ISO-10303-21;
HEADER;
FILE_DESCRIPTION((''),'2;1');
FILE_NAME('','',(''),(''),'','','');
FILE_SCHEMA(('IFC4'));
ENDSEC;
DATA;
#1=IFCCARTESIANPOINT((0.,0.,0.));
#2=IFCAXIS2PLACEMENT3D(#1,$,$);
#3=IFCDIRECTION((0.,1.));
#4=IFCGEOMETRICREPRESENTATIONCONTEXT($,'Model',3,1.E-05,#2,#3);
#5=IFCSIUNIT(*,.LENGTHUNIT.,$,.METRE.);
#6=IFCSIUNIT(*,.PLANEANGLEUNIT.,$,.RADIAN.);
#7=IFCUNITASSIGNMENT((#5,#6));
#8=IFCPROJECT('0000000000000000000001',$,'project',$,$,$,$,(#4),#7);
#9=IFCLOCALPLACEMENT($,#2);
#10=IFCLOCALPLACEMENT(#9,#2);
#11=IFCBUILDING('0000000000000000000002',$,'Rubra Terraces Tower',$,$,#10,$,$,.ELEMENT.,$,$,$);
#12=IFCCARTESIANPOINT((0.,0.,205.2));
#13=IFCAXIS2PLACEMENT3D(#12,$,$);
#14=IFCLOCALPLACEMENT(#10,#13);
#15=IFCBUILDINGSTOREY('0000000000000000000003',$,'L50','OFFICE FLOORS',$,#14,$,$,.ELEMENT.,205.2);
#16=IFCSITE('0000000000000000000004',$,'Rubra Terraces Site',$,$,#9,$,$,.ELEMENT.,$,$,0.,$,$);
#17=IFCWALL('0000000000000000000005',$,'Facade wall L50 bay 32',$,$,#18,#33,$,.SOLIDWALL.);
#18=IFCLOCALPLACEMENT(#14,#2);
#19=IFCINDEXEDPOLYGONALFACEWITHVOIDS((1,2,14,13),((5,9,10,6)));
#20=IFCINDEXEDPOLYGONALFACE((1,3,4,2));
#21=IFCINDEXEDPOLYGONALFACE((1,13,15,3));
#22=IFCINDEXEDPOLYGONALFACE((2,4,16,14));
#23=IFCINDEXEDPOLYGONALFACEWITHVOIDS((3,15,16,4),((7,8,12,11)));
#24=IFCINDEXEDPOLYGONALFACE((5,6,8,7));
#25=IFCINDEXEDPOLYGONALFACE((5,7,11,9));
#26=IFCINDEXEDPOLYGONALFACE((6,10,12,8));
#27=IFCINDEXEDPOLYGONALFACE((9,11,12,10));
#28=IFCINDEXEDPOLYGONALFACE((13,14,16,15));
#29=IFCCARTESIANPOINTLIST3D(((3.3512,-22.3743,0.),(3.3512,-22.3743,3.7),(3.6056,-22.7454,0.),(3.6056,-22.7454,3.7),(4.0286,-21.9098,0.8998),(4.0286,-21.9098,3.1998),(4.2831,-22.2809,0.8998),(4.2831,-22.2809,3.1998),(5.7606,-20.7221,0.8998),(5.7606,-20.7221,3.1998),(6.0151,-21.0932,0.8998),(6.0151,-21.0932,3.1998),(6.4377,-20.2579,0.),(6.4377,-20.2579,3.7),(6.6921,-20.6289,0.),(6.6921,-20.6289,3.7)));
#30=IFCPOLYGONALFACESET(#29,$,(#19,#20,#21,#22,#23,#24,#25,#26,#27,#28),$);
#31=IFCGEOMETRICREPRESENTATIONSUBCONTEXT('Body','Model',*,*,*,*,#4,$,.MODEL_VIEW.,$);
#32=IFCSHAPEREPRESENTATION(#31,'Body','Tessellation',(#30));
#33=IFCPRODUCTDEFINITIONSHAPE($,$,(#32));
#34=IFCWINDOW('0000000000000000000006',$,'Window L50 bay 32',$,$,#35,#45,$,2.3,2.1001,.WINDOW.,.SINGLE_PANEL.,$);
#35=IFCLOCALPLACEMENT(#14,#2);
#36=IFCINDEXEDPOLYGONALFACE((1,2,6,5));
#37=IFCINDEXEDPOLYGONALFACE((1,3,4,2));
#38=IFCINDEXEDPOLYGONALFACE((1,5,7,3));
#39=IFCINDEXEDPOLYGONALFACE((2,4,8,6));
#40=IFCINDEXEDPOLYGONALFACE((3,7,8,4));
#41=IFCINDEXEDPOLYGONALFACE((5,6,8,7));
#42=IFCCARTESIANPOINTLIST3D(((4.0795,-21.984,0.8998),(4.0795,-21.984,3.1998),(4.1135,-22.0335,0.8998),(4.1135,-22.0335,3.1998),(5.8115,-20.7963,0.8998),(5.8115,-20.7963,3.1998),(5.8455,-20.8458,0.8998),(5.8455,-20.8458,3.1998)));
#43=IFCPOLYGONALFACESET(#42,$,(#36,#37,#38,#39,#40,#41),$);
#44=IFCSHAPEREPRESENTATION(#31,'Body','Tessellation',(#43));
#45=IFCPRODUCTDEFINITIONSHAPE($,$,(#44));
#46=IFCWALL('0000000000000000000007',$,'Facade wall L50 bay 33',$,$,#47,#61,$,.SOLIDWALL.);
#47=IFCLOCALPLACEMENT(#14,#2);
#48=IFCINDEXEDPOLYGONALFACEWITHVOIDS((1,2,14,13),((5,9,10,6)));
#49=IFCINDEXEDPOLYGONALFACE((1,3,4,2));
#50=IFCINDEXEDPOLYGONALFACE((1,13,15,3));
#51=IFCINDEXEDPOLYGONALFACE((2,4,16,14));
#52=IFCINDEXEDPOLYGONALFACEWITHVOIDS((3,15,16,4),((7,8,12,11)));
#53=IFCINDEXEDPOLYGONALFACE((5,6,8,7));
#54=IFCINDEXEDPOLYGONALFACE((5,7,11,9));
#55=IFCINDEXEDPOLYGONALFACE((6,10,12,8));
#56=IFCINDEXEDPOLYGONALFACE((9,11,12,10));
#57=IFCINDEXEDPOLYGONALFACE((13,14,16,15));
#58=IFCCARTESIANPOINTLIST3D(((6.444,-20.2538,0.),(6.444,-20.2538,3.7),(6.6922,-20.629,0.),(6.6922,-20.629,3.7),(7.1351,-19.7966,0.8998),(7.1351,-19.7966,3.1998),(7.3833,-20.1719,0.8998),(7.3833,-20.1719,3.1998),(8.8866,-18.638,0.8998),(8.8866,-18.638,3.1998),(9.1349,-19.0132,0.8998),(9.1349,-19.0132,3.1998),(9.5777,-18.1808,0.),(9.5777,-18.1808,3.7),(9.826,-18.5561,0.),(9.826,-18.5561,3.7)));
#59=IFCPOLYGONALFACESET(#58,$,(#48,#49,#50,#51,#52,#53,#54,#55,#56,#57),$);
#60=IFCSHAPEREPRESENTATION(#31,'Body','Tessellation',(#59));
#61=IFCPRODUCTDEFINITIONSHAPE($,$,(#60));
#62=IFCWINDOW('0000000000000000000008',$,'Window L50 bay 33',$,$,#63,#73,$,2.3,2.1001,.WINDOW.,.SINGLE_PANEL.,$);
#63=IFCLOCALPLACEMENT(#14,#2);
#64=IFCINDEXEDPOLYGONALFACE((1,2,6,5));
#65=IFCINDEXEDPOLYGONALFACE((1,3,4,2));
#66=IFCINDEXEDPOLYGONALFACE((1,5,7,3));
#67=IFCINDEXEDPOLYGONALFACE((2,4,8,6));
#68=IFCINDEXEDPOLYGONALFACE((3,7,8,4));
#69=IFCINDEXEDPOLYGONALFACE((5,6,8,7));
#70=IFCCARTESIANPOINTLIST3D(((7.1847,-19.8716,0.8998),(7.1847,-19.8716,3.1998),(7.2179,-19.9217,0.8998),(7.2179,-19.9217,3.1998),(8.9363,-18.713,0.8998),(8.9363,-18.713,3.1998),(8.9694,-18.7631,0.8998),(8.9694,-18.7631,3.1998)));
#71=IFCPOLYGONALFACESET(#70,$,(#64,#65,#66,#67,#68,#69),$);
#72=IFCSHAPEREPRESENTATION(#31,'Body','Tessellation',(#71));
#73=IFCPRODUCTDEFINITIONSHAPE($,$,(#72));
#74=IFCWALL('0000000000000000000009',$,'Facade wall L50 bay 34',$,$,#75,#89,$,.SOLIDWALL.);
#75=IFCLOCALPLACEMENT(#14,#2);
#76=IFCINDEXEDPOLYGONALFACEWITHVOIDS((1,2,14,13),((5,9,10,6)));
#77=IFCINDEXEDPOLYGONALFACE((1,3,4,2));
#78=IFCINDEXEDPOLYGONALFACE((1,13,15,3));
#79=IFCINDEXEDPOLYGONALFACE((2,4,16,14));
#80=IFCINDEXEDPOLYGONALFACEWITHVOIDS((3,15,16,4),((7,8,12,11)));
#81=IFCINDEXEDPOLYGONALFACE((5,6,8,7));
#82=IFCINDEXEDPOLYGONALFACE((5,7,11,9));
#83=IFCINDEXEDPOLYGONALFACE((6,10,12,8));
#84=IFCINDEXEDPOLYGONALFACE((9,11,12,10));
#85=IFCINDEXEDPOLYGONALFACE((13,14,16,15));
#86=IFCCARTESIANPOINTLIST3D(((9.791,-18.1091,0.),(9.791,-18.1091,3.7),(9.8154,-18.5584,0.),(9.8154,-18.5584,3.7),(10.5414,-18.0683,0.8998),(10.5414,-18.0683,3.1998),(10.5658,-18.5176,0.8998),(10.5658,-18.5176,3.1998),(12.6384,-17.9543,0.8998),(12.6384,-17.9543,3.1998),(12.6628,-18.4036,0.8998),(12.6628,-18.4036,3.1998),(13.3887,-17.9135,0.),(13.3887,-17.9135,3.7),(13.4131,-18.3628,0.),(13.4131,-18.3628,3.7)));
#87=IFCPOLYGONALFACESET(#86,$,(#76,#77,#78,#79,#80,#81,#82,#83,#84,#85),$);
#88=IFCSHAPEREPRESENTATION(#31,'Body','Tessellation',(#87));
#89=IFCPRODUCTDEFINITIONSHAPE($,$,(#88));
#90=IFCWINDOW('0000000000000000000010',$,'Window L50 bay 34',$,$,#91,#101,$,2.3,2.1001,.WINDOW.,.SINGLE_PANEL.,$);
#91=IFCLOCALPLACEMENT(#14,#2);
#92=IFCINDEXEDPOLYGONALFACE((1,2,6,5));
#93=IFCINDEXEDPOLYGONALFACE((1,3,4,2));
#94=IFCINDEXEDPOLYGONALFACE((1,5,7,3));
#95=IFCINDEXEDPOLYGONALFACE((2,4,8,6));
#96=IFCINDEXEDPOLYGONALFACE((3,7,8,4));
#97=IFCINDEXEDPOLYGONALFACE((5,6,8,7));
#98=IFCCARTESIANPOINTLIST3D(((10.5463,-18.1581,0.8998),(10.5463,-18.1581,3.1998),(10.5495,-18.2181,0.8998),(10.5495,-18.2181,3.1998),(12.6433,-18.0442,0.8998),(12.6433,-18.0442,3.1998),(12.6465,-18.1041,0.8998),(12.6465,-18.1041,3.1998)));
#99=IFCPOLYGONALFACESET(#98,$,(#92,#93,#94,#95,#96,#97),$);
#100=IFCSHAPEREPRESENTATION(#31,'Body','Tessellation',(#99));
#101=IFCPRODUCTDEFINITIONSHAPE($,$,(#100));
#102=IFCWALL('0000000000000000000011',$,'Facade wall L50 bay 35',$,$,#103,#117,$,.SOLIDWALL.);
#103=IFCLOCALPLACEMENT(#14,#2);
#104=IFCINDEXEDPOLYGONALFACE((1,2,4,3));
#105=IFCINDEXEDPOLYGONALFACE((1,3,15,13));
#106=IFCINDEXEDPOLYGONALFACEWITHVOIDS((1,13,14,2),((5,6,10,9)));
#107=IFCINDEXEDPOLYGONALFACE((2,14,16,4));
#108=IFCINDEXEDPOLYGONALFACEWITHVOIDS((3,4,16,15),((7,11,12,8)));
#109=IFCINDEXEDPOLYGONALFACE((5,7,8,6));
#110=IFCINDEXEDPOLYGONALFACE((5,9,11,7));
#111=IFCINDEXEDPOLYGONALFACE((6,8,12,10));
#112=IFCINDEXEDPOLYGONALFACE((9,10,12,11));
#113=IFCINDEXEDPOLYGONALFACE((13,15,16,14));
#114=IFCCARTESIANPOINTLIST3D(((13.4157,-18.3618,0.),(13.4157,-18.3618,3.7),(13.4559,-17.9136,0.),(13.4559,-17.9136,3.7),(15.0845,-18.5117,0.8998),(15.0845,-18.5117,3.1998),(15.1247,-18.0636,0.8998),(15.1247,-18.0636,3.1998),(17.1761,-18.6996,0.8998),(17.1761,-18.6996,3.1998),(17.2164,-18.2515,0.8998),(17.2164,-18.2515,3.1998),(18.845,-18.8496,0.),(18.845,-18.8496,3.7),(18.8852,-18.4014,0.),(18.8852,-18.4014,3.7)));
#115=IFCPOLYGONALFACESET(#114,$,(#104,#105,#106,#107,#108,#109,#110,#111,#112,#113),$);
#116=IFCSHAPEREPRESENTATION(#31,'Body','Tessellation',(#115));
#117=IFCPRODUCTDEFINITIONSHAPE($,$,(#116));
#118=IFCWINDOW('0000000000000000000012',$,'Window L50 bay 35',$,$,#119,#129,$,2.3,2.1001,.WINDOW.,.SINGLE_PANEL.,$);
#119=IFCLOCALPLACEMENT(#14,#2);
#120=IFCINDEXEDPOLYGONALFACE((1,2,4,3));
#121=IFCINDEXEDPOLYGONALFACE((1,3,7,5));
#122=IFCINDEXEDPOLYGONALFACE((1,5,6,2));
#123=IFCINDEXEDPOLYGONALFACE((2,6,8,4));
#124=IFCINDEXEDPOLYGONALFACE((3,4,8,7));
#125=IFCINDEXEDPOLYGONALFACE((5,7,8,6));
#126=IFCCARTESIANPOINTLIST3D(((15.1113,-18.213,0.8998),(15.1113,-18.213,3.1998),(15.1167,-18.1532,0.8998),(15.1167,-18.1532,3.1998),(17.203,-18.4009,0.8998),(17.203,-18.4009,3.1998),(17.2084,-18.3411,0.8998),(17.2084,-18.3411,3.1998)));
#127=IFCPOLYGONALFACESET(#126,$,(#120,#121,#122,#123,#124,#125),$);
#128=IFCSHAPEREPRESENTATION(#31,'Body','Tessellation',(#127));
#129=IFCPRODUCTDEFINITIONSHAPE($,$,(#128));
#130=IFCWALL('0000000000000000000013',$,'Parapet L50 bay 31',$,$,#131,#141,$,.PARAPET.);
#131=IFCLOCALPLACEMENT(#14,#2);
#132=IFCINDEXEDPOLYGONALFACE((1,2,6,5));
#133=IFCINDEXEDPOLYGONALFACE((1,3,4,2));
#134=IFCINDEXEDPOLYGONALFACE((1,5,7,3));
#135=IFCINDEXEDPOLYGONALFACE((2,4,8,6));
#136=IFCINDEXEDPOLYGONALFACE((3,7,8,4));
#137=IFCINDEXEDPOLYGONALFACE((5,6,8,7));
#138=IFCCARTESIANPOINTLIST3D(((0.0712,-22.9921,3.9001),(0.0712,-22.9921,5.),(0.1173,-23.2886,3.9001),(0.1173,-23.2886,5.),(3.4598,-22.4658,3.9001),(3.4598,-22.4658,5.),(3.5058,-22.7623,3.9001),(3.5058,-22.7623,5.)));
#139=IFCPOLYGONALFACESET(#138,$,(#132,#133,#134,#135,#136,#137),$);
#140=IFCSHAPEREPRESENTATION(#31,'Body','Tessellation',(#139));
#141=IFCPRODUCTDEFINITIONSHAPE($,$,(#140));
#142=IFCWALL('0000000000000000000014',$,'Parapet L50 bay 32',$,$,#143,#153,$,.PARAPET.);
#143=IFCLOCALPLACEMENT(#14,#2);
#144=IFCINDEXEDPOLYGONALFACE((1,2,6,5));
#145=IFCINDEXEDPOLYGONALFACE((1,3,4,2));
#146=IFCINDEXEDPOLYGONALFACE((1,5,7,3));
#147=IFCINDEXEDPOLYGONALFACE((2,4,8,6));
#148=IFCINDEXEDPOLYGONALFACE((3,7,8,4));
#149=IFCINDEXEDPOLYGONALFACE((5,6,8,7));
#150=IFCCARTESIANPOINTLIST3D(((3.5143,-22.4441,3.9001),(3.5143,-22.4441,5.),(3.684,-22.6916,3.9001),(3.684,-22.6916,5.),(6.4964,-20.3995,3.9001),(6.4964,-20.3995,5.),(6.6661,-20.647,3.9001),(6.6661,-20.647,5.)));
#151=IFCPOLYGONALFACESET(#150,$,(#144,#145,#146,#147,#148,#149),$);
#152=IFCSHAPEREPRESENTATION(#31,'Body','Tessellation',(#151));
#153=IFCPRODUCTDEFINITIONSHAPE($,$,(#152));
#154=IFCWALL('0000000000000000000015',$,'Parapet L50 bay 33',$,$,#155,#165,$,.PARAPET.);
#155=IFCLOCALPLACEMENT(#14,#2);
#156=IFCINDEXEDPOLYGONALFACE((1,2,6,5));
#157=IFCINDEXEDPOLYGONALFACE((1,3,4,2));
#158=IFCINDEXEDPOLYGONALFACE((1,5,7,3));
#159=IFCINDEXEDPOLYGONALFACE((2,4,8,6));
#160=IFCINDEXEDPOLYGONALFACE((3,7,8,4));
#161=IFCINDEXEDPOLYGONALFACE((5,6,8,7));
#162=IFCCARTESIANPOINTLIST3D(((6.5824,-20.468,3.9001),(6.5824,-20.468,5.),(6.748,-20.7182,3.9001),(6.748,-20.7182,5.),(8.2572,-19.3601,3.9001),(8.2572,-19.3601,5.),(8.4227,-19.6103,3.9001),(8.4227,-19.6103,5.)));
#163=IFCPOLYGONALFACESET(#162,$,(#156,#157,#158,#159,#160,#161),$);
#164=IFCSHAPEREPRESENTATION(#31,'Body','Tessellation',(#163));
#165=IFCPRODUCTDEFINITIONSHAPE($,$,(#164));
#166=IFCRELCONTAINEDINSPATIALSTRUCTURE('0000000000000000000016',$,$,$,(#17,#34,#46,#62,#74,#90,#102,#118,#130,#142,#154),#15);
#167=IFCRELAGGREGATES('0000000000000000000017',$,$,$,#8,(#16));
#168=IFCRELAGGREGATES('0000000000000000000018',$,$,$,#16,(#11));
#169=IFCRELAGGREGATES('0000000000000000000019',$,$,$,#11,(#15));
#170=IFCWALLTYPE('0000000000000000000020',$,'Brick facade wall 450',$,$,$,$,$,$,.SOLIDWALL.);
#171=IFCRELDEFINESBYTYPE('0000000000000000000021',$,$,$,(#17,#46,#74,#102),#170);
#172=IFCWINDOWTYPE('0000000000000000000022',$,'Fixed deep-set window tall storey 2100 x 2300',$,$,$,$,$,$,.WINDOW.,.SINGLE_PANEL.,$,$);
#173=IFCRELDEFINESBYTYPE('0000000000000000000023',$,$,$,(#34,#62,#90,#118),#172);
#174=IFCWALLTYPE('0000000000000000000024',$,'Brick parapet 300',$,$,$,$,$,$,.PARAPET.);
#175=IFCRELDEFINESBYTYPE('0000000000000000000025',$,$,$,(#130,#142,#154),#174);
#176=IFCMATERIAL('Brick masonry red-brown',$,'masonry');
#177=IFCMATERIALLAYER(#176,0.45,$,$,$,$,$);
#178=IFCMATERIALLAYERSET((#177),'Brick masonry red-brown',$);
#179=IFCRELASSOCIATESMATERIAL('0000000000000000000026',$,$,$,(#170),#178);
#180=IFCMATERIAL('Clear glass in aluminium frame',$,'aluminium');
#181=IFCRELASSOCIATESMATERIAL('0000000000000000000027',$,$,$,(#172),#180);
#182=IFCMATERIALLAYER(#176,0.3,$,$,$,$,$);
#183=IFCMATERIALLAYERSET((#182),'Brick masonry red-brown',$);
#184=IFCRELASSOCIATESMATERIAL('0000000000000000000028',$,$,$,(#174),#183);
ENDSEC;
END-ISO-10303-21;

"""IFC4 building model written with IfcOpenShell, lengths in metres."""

from ifc_helpers import new_model, si_unit, direction, frame, frame_2d, origin, place, context, subcontext, project, spatial, rectangle, extrude, material, layer, layer_set, type_object, element, fill, save


model = new_model("IFC4")

# Units and contexts
model_context = context("Model", 3, precision=1e-05, world=origin(), true_north=direction((0.0, 1.0)))
body_context = subcontext(model_context, "Body", "Model", "MODEL_VIEW")
ifc_project = project(units=[si_unit("LENGTHUNIT", "METRE"), si_unit("PLANEANGLEUNIT", "RADIAN")], contexts=[model_context])

# Site, building, storey
site_placement = place(None, origin())
site = spatial("IfcSite", under=ifc_project, at=site_placement, Name="Rubra Terraces Site", CompositionType="ELEMENT", RefElevation=0.0)
building_placement = place(site_placement, origin())
building = spatial("IfcBuilding", under=site, at=building_placement, Name="Rubra Terraces Tower", CompositionType="ELEMENT")
storey_placement = place(building_placement, frame((0.0, 0.0, 205.2)))
storey = spatial("IfcBuildingStorey", under=building, at=storey_placement, Name="L50", Description="OFFICE FLOORS", CompositionType="ELEMENT", Elevation=205.2)

# Walls, openings, windows
ifc_material_1 = material(Name="Brick masonry red-brown", Category="masonry")
ifc_layer_1 = layer(ifc_material_1, 0.45)
ifc_layer_set_1 = layer_set([ifc_layer_1], Name="Brick masonry red-brown")
wall_type_1 = type_object("IfcWallType", Name="Brick facade wall 450", PredefinedType="SOLIDWALL", material=ifc_layer_set_1)
wall_1_placement = place(storey_placement, frame((3.4785, -22.5598, 0.0), z_axis=(0.0, 0.0, 1.0), x_axis=(0.824723, 0.565537, 0.0)))
wall_1 = element("IfcWall", 1, at=wall_1_placement, inside=storey, type_object=wall_type_1, Name="Facade wall L50 bay 32", PredefinedType="SOLIDWALL", context=body_context, shape_type="SweptSolid", body=[
    extrude(rectangle(XDim=3.7424, YDim=0.45, at=frame_2d((1.8711, 0.0))), origin(), (0.0, 0.0, 1.0), 3.7),
])
opening_1_placement = place(wall_1_placement, frame((0.8213, 0.0, 0.8999)))
opening_1 = element("IfcOpeningElement", 2, at=opening_1_placement, cuts=wall_1, PredefinedType="OPENING", context=body_context, shape_type="SweptSolid", body=[
    extrude(rectangle(XDim=2.1001, YDim=2.3, at=frame_2d((1.05, 1.1499))), frame((0.0, 0.2349, 0.0), z_axis=(0.0, -1.0, 0.0), x_axis=(1.0, 0.0, 0.0)), (0.0, 0.0, 1.0), 0.47),
])
ifc_material_2 = material(Name="Clear glass in aluminium frame", Category="aluminium")
window_type = type_object("IfcWindowType", Name="Fixed deep-set window tall storey 2100 x 2300", PartitioningType="SINGLE_PANEL", PredefinedType="WINDOW", material=ifc_material_2)
window_1_placement = place(opening_1_placement, origin())
window_1 = element("IfcWindow", 3, at=window_1_placement, inside=storey, type_object=window_type, Name="Window L50 bay 32", OverallHeight=2.3, OverallWidth=2.1001, PartitioningType="SINGLE_PANEL", PredefinedType="WINDOW", context=body_context, shape_type="SweptSolid", body=[
    extrude(rectangle(XDim=2.1001, YDim=2.3, at=frame_2d((1.05, 1.1499))), frame((0.0, 0.135, 0.0), z_axis=(0.0, -1.0, 0.0), x_axis=(1.0, 0.0, 0.0)), (0.0, 0.0, 1.0), 0.0601),
])
fill(opening_1, window_1)
wall_2_placement = place(storey_placement, frame((6.5681, -20.4414, 0.0), z_axis=(0.0, 0.0, 1.0), x_axis=(0.834034, 0.551713, 0.0)))
wall_2 = element("IfcWall", 4, at=wall_2_placement, inside=storey, type_object=wall_type_1, Name="Facade wall L50 bay 33", PredefinedType="SOLIDWALL", context=body_context, shape_type="SweptSolid", body=[
    extrude(rectangle(XDim=3.7573, YDim=0.45, at=frame_2d((1.8787, 0.0))), origin(), (0.0, 0.0, 1.0), 3.7),
])
opening_2_placement = place(wall_2_placement, frame((0.8286, 0.0, 0.8999)))
opening_2 = element("IfcOpeningElement", 5, at=opening_2_placement, cuts=wall_2, PredefinedType="OPENING", context=body_context, shape_type="SweptSolid", body=[
    extrude(rectangle(XDim=2.1001, YDim=2.3, at=frame_2d((1.05, 1.1499))), frame((0.0, 0.2349, 0.0), z_axis=(0.0, -1.0, 0.0), x_axis=(1.0, 0.0, 0.0)), (0.0, 0.0, 1.0), 0.47),
])
window_2_placement = place(opening_2_placement, origin())
window_2 = element("IfcWindow", 6, at=window_2_placement, inside=storey, type_object=window_type, Name="Window L50 bay 33", OverallHeight=2.3, OverallWidth=2.1001, PartitioningType="SINGLE_PANEL", PredefinedType="WINDOW", context=body_context, shape_type="SweptSolid", body=[
    extrude(rectangle(XDim=2.1001, YDim=2.3, at=frame_2d((1.05, 1.1499))), frame((0.0, 0.135, 0.0), z_axis=(0.0, -1.0, 0.0), x_axis=(1.0, 0.0, 0.0)), (0.0, 0.0, 1.0), 0.0601),
])
fill(opening_2, window_2)
wall_3_placement = place(storey_placement, frame((9.8032, -18.3337, 0.0), z_axis=(0.0, 0.0, 1.0), x_axis=(0.998526, 0.054277, 0.0)))
wall_3 = element("IfcWall", 7, at=wall_3_placement, inside=storey, type_object=wall_type_1, Name="Facade wall L50 bay 34", PredefinedType="SOLIDWALL", context=body_context, shape_type="SweptSolid", body=[
    extrude(rectangle(XDim=3.603, YDim=0.45, at=frame_2d((1.8015, 0.0))), origin(), (0.0, 0.0, 1.0), 3.7),
])
opening_3_placement = place(wall_3_placement, frame((0.7515, 0.0, 0.8999)))
opening_3 = element("IfcOpeningElement", 8, at=opening_3_placement, cuts=wall_3, PredefinedType="OPENING", context=body_context, shape_type="SweptSolid", body=[
    extrude(rectangle(XDim=2.1001, YDim=2.3, at=frame_2d((1.05, 1.1499))), frame((0.0, 0.2349, 0.0), z_axis=(0.0, -1.0, 0.0), x_axis=(1.0, 0.0, 0.0)), (0.0, 0.0, 1.0), 0.47),
])
window_3_placement = place(opening_3_placement, origin())
window_3 = element("IfcWindow", 9, at=window_3_placement, inside=storey, type_object=window_type, Name="Window L50 bay 34", OverallHeight=2.3, OverallWidth=2.1001, PartitioningType="SINGLE_PANEL", PredefinedType="WINDOW", context=body_context, shape_type="SweptSolid", body=[
    extrude(rectangle(XDim=2.1001, YDim=2.3, at=frame_2d((1.05, 1.1499))), frame((0.0, 0.135, 0.0), z_axis=(0.0, -1.0, 0.0), x_axis=(1.0, 0.0, 0.0)), (0.0, 0.0, 1.0), 0.0601),
])
fill(opening_3, window_3)
wall_4_placement = place(storey_placement, frame((13.4358, -18.1377, 0.0), z_axis=(0.0, 0.0, 1.0), x_axis=(0.995988, -0.089486, 0.0)))
wall_4 = element("IfcWall", 10, at=wall_4_placement, inside=storey, type_object=wall_type_1, Name="Facade wall L50 bay 35", PredefinedType="SOLIDWALL", context=body_context, shape_type="SweptSolid", body=[
    extrude(rectangle(XDim=5.4512, YDim=0.45, at=frame_2d((2.7256, 0.0))), origin(), (0.0, 0.0, 1.0), 3.7),
])
opening_4_placement = place(wall_4_placement, frame((1.6755, 0.0, 0.8999)))
opening_4 = element("IfcOpeningElement", 11, at=opening_4_placement, cuts=wall_4, PredefinedType="OPENING", context=body_context, shape_type="SweptSolid", body=[
    extrude(rectangle(XDim=2.1001, YDim=2.3, at=frame_2d((1.05, 1.1499))), frame((0.0, 0.2349, 0.0), z_axis=(0.0, -1.0, 0.0), x_axis=(1.0, 0.0, 0.0)), (0.0, 0.0, 1.0), 0.47),
])
window_4_placement = place(opening_4_placement, origin())
window_4 = element("IfcWindow", 12, at=window_4_placement, inside=storey, type_object=window_type, Name="Window L50 bay 35", OverallHeight=2.3, OverallWidth=2.1001, PartitioningType="SINGLE_PANEL", PredefinedType="WINDOW", context=body_context, shape_type="SweptSolid", body=[
    extrude(rectangle(XDim=2.1001, YDim=2.3, at=frame_2d((1.05, 1.1499))), frame((0.0, 0.135, 0.0), z_axis=(0.0, -1.0, 0.0), x_axis=(1.0, 0.0, 0.0)), (0.0, 0.0, 1.0), 0.0601),
])
fill(opening_4, window_4)

# Walls
ifc_layer_2 = layer(ifc_material_1, 0.3)
ifc_layer_set_2 = layer_set([ifc_layer_2], Name="Brick masonry red-brown")
wall_type_2 = type_object("IfcWallType", Name="Brick parapet 300", PredefinedType="PARAPET", material=ifc_layer_set_2)
wall_5_placement = place(storey_placement, frame((0.0942, -23.1404, 3.9001), z_axis=(0.0, 0.0, 1.0), x_axis=(0.98815, 0.153491, 0.0)))
element("IfcWall", 13, at=wall_5_placement, inside=storey, type_object=wall_type_2, Name="Parapet L50 bay 31", PredefinedType="PARAPET", context=body_context, shape_type="SweptSolid", body=[
    extrude(rectangle(XDim=3.4292, YDim=0.3, at=frame_2d((1.7146, 0.0))), origin(), (0.0, 0.0, 1.0), 1.0999),
])
wall_6_placement = place(storey_placement, frame((3.5991, -22.5679, 3.9001), z_axis=(0.0, 0.0, 1.0), x_axis=(0.82476, 0.565482, 0.0)))
element("IfcWall", 14, at=wall_6_placement, inside=storey, type_object=wall_type_2, Name="Parapet L50 bay 32", PredefinedType="PARAPET", context=body_context, shape_type="SweptSolid", body=[
    extrude(rectangle(XDim=3.6157, YDim=0.3, at=frame_2d((1.8079, 0.0))), origin(), (0.0, 0.0, 1.0), 1.0999),
])
wall_7_placement = place(storey_placement, frame((6.6653, -20.593, 3.9001), z_axis=(0.0, 0.0, 1.0), x_axis=(0.834028, 0.551723, 0.0)))
element("IfcWall", 15, at=wall_7_placement, inside=storey, type_object=wall_type_2, Name="Parapet L50 bay 33", PredefinedType="PARAPET", context=body_context, shape_type="SweptSolid", body=[
    extrude(rectangle(XDim=2.0081, YDim=0.3, at=frame_2d((1.0039, 0.0))), origin(), (0.0, 0.0, 1.0), 1.0999),
])

save(model, "model.ifc")
